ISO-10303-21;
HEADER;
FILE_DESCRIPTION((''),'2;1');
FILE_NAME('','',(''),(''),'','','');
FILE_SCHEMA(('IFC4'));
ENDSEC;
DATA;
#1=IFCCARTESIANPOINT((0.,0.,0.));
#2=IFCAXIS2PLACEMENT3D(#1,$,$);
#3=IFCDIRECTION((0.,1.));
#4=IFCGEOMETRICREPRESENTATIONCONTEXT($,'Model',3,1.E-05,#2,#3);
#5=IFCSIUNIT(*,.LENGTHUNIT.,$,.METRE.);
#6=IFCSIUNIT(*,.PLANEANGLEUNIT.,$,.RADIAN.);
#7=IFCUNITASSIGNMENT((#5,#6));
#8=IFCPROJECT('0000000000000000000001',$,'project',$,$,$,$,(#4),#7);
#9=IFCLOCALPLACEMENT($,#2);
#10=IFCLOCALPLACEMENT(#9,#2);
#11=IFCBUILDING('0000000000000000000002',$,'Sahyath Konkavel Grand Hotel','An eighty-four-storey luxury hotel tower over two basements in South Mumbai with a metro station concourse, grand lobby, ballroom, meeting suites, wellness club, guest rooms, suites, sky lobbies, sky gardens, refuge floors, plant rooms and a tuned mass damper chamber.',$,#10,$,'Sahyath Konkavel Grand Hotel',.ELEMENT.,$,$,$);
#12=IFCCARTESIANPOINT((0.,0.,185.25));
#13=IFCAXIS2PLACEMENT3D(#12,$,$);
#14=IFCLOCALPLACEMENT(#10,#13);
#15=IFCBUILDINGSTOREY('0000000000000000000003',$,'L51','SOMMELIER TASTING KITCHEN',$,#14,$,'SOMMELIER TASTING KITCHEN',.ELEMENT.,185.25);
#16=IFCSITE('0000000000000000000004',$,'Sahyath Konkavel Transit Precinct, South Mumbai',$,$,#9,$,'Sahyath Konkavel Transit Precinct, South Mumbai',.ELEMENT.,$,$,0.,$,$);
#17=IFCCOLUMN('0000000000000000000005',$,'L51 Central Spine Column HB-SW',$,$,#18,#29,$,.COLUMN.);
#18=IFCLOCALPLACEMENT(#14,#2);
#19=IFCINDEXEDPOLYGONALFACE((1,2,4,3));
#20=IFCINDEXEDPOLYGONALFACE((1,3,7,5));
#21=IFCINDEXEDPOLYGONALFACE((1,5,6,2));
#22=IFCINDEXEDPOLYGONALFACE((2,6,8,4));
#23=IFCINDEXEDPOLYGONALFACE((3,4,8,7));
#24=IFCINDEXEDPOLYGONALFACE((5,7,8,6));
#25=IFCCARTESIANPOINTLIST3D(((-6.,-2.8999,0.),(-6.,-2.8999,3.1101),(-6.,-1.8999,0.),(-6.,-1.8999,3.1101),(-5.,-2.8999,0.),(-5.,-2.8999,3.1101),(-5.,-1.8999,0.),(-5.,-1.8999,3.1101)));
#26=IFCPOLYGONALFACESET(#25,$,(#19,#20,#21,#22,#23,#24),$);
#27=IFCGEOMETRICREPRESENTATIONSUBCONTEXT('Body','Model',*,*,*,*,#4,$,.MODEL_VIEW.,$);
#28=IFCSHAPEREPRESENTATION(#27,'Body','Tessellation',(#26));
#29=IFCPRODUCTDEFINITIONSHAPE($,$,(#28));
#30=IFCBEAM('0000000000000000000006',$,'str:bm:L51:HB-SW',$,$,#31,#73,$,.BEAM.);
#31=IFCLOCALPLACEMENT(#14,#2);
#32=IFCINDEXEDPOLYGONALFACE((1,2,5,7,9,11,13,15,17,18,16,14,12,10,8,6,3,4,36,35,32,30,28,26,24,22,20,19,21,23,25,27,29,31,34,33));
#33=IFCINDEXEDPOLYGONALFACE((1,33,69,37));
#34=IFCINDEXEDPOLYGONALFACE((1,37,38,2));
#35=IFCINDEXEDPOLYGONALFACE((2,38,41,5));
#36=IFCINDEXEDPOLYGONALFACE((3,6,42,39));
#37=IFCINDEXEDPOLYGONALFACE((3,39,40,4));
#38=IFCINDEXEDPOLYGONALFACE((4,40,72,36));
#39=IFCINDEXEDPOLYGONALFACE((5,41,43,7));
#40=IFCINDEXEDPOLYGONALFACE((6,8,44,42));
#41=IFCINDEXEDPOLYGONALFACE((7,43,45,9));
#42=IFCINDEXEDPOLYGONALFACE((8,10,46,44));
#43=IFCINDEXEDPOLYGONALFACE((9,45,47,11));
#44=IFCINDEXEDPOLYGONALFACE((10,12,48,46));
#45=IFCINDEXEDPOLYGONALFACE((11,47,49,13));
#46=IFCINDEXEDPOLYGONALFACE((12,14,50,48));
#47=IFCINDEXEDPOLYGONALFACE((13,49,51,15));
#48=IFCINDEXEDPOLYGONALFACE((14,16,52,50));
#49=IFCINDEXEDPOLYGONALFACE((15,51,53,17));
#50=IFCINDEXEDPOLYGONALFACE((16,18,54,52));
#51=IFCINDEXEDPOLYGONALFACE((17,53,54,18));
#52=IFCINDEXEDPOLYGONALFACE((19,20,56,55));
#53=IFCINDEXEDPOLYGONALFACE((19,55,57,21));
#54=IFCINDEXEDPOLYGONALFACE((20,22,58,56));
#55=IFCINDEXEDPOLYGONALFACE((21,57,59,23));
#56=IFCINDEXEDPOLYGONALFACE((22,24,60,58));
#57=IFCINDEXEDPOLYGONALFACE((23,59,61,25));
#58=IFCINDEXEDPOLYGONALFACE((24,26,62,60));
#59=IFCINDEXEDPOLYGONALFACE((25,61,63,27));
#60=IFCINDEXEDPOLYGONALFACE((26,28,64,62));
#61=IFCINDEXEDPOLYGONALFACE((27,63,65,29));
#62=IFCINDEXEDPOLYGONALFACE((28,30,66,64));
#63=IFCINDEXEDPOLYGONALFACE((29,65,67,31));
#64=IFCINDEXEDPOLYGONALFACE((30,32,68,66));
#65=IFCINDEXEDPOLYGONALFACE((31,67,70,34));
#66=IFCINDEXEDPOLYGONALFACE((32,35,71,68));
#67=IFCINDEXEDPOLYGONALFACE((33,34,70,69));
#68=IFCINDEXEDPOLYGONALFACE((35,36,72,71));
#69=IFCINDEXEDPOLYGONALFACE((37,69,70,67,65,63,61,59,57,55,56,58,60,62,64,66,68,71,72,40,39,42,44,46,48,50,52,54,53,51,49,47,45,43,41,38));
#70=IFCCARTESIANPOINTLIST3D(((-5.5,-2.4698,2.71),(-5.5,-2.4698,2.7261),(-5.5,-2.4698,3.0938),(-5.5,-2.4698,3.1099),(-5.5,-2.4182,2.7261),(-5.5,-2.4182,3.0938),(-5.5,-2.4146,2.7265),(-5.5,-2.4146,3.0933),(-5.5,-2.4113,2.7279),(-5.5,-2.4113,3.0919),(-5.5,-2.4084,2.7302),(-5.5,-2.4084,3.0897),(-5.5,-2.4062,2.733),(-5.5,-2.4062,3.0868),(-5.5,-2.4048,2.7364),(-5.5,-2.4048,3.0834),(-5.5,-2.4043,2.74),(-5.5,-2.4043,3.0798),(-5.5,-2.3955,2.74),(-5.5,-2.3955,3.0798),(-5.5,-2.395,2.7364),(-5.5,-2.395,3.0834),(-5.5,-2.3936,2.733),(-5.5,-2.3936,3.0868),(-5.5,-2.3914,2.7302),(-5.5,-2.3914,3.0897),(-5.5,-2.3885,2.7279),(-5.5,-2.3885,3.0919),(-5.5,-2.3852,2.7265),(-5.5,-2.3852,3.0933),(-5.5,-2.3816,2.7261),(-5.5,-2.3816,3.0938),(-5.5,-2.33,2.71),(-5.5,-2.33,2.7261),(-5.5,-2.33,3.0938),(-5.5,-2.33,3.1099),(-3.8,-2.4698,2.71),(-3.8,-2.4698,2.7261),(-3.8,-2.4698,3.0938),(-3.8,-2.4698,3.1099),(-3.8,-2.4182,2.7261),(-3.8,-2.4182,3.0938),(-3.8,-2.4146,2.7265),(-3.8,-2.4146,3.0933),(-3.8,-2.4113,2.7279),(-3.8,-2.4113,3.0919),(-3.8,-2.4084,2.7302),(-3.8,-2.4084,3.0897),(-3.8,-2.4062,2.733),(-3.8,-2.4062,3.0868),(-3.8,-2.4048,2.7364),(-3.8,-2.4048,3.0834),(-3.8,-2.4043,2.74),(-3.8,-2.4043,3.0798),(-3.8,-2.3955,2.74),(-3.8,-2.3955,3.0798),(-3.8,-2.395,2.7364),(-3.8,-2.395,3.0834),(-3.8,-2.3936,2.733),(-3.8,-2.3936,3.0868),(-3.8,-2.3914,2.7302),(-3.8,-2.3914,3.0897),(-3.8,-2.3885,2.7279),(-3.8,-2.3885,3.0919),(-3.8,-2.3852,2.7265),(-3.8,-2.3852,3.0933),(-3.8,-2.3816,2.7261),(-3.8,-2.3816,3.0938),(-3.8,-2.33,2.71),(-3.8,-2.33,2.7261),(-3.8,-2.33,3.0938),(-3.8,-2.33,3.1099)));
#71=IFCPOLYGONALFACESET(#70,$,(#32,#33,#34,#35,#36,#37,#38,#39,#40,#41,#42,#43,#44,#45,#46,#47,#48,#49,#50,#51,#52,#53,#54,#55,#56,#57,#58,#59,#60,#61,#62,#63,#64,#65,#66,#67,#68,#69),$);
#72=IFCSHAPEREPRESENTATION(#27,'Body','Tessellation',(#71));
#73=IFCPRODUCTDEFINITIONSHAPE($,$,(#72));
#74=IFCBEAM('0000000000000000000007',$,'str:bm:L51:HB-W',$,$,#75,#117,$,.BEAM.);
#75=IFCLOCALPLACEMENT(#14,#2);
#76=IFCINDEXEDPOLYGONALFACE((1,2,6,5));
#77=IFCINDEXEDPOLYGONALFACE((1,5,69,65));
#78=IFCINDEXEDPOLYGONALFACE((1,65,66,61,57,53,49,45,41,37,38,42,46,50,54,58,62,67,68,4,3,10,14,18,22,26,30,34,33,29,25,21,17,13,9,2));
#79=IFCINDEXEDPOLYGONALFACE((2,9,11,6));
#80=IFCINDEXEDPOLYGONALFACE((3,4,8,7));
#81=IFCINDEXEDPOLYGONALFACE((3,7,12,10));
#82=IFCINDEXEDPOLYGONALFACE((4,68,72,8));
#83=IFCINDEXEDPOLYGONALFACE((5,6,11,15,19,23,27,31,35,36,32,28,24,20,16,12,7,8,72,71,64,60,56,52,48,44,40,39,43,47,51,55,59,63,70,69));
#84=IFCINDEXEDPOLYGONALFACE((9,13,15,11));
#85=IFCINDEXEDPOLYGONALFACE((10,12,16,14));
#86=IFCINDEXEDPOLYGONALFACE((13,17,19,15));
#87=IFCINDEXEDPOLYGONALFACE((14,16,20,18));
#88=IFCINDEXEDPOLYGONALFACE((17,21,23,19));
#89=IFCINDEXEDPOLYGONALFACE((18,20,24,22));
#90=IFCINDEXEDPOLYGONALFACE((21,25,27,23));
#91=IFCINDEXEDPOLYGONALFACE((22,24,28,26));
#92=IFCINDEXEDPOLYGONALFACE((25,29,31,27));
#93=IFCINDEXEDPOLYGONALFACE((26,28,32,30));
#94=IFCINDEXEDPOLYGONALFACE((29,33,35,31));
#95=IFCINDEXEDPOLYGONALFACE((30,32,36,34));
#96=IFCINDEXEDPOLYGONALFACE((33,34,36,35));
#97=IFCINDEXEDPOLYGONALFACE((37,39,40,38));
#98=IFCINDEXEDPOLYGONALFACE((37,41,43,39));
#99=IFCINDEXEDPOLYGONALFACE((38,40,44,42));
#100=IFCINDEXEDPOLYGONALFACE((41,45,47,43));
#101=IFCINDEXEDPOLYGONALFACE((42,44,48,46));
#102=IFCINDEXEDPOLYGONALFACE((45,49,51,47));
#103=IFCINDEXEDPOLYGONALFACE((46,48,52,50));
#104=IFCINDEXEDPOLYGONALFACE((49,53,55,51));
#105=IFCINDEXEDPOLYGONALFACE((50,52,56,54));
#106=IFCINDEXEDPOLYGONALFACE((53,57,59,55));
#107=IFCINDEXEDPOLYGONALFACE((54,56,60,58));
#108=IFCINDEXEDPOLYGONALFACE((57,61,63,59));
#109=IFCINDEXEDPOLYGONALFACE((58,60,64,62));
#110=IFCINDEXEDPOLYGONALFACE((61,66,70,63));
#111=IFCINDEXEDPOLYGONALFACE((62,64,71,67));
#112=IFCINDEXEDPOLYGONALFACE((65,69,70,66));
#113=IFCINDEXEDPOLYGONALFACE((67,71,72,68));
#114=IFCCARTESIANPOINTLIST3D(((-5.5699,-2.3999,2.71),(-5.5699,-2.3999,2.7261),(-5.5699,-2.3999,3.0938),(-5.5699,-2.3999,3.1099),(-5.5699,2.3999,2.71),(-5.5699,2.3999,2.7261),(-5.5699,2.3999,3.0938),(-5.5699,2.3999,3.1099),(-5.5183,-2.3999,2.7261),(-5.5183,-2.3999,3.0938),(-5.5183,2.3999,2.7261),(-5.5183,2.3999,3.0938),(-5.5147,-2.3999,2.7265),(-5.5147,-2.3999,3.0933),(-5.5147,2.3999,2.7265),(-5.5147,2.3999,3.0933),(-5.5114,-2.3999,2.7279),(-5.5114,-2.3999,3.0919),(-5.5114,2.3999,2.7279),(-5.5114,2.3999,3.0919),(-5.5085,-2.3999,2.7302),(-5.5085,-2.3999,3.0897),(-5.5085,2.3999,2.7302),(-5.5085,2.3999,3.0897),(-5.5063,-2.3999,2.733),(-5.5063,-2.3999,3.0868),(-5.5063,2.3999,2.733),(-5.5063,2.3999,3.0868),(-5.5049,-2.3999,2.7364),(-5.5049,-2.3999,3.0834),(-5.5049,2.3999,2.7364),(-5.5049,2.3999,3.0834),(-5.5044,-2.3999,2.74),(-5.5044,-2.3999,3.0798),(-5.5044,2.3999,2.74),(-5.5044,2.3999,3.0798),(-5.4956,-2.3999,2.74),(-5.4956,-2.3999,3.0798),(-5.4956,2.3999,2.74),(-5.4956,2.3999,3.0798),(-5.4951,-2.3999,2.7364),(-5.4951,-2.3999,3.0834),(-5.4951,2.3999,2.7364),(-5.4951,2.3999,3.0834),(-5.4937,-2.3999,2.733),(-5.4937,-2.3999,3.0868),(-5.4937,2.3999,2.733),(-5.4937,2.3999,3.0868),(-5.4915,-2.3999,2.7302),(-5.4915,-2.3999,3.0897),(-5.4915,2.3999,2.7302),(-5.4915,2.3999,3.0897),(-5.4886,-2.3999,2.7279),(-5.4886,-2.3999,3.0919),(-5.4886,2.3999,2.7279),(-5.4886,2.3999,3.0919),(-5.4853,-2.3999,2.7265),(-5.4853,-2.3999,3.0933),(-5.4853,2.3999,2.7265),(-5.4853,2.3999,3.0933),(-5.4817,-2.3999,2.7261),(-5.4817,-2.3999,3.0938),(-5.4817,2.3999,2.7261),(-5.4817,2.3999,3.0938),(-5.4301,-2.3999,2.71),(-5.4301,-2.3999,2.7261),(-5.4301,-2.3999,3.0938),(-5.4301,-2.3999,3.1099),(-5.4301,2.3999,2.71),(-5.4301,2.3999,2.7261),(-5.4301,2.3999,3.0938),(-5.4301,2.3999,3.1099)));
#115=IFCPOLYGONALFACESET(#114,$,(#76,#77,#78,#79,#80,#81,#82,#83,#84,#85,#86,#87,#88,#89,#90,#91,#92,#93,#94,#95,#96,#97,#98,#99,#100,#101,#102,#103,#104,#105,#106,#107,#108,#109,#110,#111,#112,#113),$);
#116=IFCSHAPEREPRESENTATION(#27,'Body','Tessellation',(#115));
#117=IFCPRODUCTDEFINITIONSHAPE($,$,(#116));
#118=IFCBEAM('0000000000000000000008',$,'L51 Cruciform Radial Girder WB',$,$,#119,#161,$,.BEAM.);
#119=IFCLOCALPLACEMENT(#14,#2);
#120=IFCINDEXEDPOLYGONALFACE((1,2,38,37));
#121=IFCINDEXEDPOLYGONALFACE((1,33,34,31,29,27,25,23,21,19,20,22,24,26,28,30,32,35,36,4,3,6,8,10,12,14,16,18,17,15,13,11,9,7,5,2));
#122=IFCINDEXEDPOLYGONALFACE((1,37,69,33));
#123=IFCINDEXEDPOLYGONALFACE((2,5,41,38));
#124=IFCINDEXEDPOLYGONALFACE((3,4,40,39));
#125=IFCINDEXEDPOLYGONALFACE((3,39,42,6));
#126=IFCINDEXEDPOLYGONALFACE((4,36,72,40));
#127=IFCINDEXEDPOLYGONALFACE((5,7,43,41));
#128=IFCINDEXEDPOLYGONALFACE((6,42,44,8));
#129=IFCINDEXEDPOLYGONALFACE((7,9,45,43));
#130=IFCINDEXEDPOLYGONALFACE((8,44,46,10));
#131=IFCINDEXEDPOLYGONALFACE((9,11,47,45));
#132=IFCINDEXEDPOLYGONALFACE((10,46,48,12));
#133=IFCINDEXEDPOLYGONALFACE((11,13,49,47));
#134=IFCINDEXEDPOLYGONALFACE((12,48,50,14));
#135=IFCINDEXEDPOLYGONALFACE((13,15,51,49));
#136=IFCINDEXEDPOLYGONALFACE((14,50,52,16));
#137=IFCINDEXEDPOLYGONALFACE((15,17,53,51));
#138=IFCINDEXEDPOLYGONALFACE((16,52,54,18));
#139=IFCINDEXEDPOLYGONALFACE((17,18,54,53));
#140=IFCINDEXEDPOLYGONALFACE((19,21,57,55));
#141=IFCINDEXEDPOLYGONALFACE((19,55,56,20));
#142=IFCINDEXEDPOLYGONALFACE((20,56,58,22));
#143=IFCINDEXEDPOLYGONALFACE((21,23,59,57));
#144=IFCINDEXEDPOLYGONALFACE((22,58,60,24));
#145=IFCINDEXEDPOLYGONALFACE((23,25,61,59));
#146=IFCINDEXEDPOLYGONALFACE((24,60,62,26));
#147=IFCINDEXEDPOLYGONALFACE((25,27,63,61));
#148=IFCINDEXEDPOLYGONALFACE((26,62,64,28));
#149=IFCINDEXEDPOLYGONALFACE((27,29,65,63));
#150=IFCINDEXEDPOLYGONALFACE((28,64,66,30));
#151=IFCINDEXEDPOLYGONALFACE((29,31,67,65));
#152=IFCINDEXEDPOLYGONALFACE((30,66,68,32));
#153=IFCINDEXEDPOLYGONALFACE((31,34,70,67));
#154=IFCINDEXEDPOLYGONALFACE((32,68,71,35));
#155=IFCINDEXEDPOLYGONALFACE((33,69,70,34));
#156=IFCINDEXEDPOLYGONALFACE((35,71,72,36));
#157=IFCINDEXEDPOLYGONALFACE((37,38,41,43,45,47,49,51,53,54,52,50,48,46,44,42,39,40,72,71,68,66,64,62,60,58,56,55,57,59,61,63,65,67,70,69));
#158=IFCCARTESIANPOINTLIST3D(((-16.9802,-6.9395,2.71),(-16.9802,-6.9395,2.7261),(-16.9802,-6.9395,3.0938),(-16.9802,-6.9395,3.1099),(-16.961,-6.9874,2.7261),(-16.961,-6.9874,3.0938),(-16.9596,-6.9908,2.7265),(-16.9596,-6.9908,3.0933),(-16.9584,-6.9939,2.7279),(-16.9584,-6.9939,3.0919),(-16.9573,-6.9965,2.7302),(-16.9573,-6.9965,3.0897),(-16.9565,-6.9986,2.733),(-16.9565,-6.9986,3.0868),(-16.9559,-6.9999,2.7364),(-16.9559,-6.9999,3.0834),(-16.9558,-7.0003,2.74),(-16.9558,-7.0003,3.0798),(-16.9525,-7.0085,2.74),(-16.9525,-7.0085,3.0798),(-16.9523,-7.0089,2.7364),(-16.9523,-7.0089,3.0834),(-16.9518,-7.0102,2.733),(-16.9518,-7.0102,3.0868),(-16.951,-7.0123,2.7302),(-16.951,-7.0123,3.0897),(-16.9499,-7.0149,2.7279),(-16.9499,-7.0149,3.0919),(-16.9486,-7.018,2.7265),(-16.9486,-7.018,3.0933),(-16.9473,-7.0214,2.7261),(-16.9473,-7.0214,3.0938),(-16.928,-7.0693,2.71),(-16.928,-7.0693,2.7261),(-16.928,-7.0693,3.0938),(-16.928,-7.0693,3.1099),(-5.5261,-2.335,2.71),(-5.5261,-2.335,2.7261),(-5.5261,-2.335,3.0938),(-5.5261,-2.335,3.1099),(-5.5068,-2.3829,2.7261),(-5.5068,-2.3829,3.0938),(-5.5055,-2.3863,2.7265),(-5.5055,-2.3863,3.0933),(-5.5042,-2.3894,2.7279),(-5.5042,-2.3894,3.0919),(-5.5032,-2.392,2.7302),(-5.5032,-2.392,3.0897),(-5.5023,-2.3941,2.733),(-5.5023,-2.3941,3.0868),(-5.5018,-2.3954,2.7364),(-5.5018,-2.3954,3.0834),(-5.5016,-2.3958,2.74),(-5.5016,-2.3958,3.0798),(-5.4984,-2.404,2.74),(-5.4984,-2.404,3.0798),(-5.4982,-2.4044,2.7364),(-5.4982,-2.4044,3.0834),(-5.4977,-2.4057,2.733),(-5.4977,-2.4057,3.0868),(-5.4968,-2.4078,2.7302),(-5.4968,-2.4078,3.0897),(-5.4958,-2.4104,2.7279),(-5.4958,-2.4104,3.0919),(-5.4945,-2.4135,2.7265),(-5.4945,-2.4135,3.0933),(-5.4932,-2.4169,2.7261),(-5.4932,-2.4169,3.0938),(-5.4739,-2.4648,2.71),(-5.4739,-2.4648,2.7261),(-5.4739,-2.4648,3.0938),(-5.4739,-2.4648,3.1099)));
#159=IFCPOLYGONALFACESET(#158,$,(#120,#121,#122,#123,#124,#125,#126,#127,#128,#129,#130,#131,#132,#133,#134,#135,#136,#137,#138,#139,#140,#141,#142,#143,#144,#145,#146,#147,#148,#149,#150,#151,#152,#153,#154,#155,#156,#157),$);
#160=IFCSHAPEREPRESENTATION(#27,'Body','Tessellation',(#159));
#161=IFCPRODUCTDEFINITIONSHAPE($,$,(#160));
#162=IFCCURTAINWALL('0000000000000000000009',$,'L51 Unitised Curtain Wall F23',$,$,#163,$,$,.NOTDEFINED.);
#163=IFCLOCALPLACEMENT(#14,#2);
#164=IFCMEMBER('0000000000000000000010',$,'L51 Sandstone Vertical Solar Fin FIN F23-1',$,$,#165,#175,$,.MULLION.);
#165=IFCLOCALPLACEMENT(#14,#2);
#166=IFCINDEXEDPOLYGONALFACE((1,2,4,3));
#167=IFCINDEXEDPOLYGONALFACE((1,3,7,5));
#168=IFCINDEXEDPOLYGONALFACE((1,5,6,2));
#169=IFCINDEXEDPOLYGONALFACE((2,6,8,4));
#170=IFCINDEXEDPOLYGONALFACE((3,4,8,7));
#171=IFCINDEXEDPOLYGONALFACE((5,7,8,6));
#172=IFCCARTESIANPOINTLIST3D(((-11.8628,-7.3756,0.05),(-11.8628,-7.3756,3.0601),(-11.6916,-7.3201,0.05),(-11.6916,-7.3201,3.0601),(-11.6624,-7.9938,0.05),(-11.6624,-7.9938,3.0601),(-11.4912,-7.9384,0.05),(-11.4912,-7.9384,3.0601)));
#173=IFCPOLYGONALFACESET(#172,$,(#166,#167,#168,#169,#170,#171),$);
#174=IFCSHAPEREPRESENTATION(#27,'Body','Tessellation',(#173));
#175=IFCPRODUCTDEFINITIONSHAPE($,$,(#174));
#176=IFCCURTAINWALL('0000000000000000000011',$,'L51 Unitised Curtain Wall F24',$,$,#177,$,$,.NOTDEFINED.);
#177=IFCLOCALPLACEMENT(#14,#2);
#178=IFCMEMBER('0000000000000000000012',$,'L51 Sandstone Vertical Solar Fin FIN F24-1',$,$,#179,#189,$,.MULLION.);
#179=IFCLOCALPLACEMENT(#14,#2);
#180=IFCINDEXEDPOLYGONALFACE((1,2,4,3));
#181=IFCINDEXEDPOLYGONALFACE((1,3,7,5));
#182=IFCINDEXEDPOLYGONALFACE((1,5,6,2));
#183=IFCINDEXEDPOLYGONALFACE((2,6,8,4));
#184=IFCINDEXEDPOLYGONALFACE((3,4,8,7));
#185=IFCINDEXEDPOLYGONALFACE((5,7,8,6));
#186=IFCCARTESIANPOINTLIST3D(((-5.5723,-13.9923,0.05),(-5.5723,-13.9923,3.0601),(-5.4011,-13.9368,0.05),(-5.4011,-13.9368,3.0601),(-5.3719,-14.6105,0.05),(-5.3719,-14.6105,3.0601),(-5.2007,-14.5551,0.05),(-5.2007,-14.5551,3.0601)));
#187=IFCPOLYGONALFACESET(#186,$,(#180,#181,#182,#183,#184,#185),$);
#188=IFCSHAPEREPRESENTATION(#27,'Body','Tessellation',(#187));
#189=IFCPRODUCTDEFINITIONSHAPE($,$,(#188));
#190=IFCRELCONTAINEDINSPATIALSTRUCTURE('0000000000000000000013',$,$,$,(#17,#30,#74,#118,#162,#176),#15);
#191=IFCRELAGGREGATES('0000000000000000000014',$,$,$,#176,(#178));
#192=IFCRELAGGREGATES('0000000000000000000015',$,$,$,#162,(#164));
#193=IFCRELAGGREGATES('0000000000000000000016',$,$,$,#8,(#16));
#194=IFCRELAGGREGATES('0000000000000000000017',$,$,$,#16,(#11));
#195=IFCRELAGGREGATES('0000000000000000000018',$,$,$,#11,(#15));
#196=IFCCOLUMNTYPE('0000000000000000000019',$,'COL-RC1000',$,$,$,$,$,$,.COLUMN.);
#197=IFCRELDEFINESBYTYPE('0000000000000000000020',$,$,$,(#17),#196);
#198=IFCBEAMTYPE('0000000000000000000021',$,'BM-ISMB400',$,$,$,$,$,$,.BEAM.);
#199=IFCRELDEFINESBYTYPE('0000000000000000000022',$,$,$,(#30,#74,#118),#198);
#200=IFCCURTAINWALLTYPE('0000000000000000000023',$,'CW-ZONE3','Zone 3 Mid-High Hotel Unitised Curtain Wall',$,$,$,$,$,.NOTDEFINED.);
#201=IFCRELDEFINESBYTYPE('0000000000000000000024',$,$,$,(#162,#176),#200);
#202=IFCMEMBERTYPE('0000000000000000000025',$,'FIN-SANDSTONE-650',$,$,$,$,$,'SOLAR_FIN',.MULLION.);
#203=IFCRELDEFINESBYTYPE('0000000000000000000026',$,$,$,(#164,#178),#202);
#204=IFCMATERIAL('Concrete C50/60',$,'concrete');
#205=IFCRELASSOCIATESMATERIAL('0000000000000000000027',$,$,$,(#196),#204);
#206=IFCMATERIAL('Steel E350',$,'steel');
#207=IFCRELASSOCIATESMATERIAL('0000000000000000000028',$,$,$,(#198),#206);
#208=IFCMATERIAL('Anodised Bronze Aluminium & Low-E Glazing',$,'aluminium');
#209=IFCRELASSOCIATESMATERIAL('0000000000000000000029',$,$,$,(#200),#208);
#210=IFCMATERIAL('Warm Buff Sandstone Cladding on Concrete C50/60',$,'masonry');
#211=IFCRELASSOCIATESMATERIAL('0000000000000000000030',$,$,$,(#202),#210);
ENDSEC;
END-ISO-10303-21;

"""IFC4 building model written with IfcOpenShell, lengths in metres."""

from ifc_helpers import new_model, si_unit, direction, frame, origin, origin_2d, place, context, subcontext, project, spatial, rectangle, i_section, extrude, source, transform, mapped, material, material_profile, profile_set, type_object, element, aggregate, save


model = new_model("IFC4")

# Units and contexts
model_context = context("Model", 3, precision=1e-05, world=origin(), true_north=direction((0.0, 1.0)))
body_context = subcontext(model_context, "Body", "Model", "MODEL_VIEW")
ifc_project = project(units=[si_unit("LENGTHUNIT", "METRE"), si_unit("PLANEANGLEUNIT", "RADIAN")], contexts=[model_context])

# Site, building, storey
site_placement = place(None, origin())
site = spatial("IfcSite", under=ifc_project, at=site_placement, Name="Sahyath Konkavel Transit Precinct, South Mumbai", LongName="Sahyath Konkavel Transit Precinct, South Mumbai", CompositionType="ELEMENT", RefElevation=0.0)
building_placement = place(site_placement, origin())
building = spatial("IfcBuilding", under=site, at=building_placement, Name="Sahyath Konkavel Grand Hotel", Description="An eighty-four-storey luxury hotel tower over two basements in South Mumbai with a metro station concourse, grand lobby, ballroom, meeting suites, wellness club, guest rooms, suites, sky lobbies, sky gardens, refuge floors, plant rooms and a tuned mass damper chamber.", LongName="Sahyath Konkavel Grand Hotel", CompositionType="ELEMENT")
storey_placement = place(building_placement, frame((0.0, 0.0, 185.25)))
storey = spatial("IfcBuildingStorey", under=building, at=storey_placement, Name="L51", Description="SOMMELIER TASTING KITCHEN", LongName="SOMMELIER TASTING KITCHEN", CompositionType="ELEMENT", Elevation=185.25)

# Column
ifc_material_1 = material(Name="Concrete C50/60", Category="concrete")
ifc_material_profile_1 = material_profile(ifc_material_1, rectangle(XDim=1.0, YDim=1.0, at=origin_2d()), Name="RC 1000x1000")
ifc_profile_set_1 = profile_set([ifc_material_profile_1], Name="Concrete C50/60")
column_type = type_object("IfcColumnType", Name="COL-RC1000", PredefinedType="COLUMN", material=ifc_profile_set_1)
shared_shape_1 = source(origin(), body_context, "Body", "SweptSolid", [
    extrude(rectangle(XDim=1.0, YDim=1.0, at=origin_2d()), origin(), (0.0, 0.0, 1.0), 3.1101),
])
column_placement = place(storey_placement, frame((-5.5, -2.3999, 0.0), z_axis=(0.0, 0.0, 1.0), x_axis=(1.0, 0.0, 0.0)))
element("IfcColumn", 1, at=column_placement, inside=storey, type_object=column_type, Name="L51 Central Spine Column HB-SW", PredefinedType="COLUMN", context=body_context, shape_type="MappedRepresentation", body=[
    mapped(shared_shape_1, transform((0.0, 0.0, 0.0), scale=1.0)),
])

# Beams
ifc_material_2 = material(Name="Steel E350", Category="steel")
ifc_material_profile_2 = material_profile(ifc_material_2, i_section(OverallWidth=0.1399, OverallDepth=0.3999, WebThickness=0.0088, FlangeThickness=0.0161, FilletRadius=0.0139, at=origin_2d()), Name="ISMB 400")
ifc_profile_set_2 = profile_set([ifc_material_profile_2], Name="Steel E350")
beam_type_1 = type_object("IfcBeamType", Name="BM-ISMB400", PredefinedType="BEAM", material=ifc_profile_set_2)
shared_shape_2 = source(origin(), body_context, "Body", "SweptSolid", [
    extrude(i_section(OverallWidth=0.1399, OverallDepth=0.3999, WebThickness=0.0088, FlangeThickness=0.0161, FilletRadius=0.0139, at=origin_2d()), origin(), (0.0, 0.0, 1.0), 1.7),
])
beam_1_placement = place(storey_placement, frame((-5.5, -2.3999, 2.9099), z_axis=(1.0, 0.0, 0.0), x_axis=(0.0, 1.0, 0.0)))
element("IfcBeam", 2, at=beam_1_placement, inside=storey, type_object=beam_type_1, Name="str:bm:L51:HB-SW", PredefinedType="BEAM", context=body_context, shape_type="MappedRepresentation", body=[
    mapped(shared_shape_2, transform((0.0, 0.0, 0.0), scale=1.0)),
])
shared_shape_3 = source(origin(), body_context, "Body", "SweptSolid", [
    extrude(i_section(OverallWidth=0.1399, OverallDepth=0.3999, WebThickness=0.0088, FlangeThickness=0.0161, FilletRadius=0.0139, at=origin_2d()), origin(), (0.0, 0.0, 1.0), 4.7998),
])
beam_2_placement = place(storey_placement, frame((-5.5, -2.3999, 2.9099), z_axis=(0.0, 1.0, 0.0), x_axis=(-1.0, 0.0, 0.0)))
element("IfcBeam", 3, at=beam_2_placement, inside=storey, type_object=beam_type_1, Name="str:bm:L51:HB-W", PredefinedType="BEAM", context=body_context, shape_type="MappedRepresentation", body=[
    mapped(shared_shape_3, transform((0.0, 0.0, 0.0), scale=1.0)),
])
shared_shape_4 = source(origin(), body_context, "Body", "SweptSolid", [
    extrude(i_section(OverallWidth=0.1399, OverallDepth=0.3999, WebThickness=0.0088, FlangeThickness=0.0161, FilletRadius=0.0139, at=origin_2d()), origin(), (0.0, 0.0, 1.0), 12.345),
])
beam_3_placement = place(storey_placement, frame((-5.5, -2.3999, 2.9099), z_axis=(-0.927837, -0.372986, 0.0), x_axis=(0.372986, -0.927837, 0.0)))
element("IfcBeam", 4, at=beam_3_placement, inside=storey, type_object=beam_type_1, Name="L51 Cruciform Radial Girder WB", PredefinedType="BEAM", context=body_context, shape_type="MappedRepresentation", body=[
    mapped(shared_shape_4, transform((0.0, 0.0, 0.0), scale=1.0)),
])

# Curtain walls, members
ifc_material_3 = material(Name="Anodised Bronze Aluminium & Low-E Glazing", Category="aluminium")
curtain_wall_type = type_object("IfcCurtainWallType", Name="CW-ZONE3", Description="Zone 3 Mid-High Hotel Unitised Curtain Wall", PredefinedType="NOTDEFINED", material=ifc_material_3)
curtain_wall_1_placement = place(storey_placement, origin())
curtain_wall_1 = element("IfcCurtainWall", 5, at=curtain_wall_1_placement, inside=storey, type_object=curtain_wall_type, Name="L51 Unitised Curtain Wall F23", PredefinedType="NOTDEFINED")
ifc_material_4 = material(Name="Warm Buff Sandstone Cladding on Concrete C50/60", Category="masonry")
ifc_material_profile_3 = material_profile(ifc_material_4, rectangle(XDim=0.1799, YDim=0.6499, at=origin_2d()), Name="FIN 180x650")
ifc_profile_set_3 = profile_set([ifc_material_profile_3], Name="Warm Buff Sandstone Cladding on Concrete C50/60")
member_type_1 = type_object("IfcMemberType", Name="FIN-SANDSTONE-650", ElementType="SOLAR_FIN", PredefinedType="MULLION", material=ifc_profile_set_3)
shared_shape_5 = source(origin(), body_context, "Body", "SweptSolid", [
    extrude(rectangle(XDim=0.1799, YDim=0.6499, at=origin_2d()), origin(), (0.0, 0.0, 1.0), 3.01),
])
member_1_placement = place(storey_placement, frame((-11.677, -7.657, 0.05), z_axis=(0.0, 0.0, 1.0), x_axis=(0.951272, 0.308353, 0.0)))
member_1 = element("IfcMember", 6, at=member_1_placement, type_object=member_type_1, Name="L51 Sandstone Vertical Solar Fin FIN F23-1", PredefinedType="MULLION", context=body_context, shape_type="MappedRepresentation", body=[
    mapped(shared_shape_5, transform((0.0, 0.0, 0.0), scale=1.0)),
])
curtain_wall_2_placement = place(storey_placement, origin())
curtain_wall_2 = element("IfcCurtainWall", 7, at=curtain_wall_2_placement, inside=storey, type_object=curtain_wall_type, Name="L51 Unitised Curtain Wall F24", PredefinedType="NOTDEFINED")
member_2_placement = place(storey_placement, frame((-5.3865, -14.2737, 0.05), z_axis=(0.0, 0.0, 1.0), x_axis=(0.951272, 0.308353, 0.0)))
member_2 = element("IfcMember", 8, at=member_2_placement, type_object=member_type_1, Name="L51 Sandstone Vertical Solar Fin FIN F24-1", PredefinedType="MULLION", context=body_context, shape_type="MappedRepresentation", body=[
    mapped(shared_shape_5, transform((0.0, 0.0, 0.0), scale=1.0)),
])

aggregate(curtain_wall_2, [member_2])
aggregate(curtain_wall_1, [member_1])

save(model, "model.ifc")
